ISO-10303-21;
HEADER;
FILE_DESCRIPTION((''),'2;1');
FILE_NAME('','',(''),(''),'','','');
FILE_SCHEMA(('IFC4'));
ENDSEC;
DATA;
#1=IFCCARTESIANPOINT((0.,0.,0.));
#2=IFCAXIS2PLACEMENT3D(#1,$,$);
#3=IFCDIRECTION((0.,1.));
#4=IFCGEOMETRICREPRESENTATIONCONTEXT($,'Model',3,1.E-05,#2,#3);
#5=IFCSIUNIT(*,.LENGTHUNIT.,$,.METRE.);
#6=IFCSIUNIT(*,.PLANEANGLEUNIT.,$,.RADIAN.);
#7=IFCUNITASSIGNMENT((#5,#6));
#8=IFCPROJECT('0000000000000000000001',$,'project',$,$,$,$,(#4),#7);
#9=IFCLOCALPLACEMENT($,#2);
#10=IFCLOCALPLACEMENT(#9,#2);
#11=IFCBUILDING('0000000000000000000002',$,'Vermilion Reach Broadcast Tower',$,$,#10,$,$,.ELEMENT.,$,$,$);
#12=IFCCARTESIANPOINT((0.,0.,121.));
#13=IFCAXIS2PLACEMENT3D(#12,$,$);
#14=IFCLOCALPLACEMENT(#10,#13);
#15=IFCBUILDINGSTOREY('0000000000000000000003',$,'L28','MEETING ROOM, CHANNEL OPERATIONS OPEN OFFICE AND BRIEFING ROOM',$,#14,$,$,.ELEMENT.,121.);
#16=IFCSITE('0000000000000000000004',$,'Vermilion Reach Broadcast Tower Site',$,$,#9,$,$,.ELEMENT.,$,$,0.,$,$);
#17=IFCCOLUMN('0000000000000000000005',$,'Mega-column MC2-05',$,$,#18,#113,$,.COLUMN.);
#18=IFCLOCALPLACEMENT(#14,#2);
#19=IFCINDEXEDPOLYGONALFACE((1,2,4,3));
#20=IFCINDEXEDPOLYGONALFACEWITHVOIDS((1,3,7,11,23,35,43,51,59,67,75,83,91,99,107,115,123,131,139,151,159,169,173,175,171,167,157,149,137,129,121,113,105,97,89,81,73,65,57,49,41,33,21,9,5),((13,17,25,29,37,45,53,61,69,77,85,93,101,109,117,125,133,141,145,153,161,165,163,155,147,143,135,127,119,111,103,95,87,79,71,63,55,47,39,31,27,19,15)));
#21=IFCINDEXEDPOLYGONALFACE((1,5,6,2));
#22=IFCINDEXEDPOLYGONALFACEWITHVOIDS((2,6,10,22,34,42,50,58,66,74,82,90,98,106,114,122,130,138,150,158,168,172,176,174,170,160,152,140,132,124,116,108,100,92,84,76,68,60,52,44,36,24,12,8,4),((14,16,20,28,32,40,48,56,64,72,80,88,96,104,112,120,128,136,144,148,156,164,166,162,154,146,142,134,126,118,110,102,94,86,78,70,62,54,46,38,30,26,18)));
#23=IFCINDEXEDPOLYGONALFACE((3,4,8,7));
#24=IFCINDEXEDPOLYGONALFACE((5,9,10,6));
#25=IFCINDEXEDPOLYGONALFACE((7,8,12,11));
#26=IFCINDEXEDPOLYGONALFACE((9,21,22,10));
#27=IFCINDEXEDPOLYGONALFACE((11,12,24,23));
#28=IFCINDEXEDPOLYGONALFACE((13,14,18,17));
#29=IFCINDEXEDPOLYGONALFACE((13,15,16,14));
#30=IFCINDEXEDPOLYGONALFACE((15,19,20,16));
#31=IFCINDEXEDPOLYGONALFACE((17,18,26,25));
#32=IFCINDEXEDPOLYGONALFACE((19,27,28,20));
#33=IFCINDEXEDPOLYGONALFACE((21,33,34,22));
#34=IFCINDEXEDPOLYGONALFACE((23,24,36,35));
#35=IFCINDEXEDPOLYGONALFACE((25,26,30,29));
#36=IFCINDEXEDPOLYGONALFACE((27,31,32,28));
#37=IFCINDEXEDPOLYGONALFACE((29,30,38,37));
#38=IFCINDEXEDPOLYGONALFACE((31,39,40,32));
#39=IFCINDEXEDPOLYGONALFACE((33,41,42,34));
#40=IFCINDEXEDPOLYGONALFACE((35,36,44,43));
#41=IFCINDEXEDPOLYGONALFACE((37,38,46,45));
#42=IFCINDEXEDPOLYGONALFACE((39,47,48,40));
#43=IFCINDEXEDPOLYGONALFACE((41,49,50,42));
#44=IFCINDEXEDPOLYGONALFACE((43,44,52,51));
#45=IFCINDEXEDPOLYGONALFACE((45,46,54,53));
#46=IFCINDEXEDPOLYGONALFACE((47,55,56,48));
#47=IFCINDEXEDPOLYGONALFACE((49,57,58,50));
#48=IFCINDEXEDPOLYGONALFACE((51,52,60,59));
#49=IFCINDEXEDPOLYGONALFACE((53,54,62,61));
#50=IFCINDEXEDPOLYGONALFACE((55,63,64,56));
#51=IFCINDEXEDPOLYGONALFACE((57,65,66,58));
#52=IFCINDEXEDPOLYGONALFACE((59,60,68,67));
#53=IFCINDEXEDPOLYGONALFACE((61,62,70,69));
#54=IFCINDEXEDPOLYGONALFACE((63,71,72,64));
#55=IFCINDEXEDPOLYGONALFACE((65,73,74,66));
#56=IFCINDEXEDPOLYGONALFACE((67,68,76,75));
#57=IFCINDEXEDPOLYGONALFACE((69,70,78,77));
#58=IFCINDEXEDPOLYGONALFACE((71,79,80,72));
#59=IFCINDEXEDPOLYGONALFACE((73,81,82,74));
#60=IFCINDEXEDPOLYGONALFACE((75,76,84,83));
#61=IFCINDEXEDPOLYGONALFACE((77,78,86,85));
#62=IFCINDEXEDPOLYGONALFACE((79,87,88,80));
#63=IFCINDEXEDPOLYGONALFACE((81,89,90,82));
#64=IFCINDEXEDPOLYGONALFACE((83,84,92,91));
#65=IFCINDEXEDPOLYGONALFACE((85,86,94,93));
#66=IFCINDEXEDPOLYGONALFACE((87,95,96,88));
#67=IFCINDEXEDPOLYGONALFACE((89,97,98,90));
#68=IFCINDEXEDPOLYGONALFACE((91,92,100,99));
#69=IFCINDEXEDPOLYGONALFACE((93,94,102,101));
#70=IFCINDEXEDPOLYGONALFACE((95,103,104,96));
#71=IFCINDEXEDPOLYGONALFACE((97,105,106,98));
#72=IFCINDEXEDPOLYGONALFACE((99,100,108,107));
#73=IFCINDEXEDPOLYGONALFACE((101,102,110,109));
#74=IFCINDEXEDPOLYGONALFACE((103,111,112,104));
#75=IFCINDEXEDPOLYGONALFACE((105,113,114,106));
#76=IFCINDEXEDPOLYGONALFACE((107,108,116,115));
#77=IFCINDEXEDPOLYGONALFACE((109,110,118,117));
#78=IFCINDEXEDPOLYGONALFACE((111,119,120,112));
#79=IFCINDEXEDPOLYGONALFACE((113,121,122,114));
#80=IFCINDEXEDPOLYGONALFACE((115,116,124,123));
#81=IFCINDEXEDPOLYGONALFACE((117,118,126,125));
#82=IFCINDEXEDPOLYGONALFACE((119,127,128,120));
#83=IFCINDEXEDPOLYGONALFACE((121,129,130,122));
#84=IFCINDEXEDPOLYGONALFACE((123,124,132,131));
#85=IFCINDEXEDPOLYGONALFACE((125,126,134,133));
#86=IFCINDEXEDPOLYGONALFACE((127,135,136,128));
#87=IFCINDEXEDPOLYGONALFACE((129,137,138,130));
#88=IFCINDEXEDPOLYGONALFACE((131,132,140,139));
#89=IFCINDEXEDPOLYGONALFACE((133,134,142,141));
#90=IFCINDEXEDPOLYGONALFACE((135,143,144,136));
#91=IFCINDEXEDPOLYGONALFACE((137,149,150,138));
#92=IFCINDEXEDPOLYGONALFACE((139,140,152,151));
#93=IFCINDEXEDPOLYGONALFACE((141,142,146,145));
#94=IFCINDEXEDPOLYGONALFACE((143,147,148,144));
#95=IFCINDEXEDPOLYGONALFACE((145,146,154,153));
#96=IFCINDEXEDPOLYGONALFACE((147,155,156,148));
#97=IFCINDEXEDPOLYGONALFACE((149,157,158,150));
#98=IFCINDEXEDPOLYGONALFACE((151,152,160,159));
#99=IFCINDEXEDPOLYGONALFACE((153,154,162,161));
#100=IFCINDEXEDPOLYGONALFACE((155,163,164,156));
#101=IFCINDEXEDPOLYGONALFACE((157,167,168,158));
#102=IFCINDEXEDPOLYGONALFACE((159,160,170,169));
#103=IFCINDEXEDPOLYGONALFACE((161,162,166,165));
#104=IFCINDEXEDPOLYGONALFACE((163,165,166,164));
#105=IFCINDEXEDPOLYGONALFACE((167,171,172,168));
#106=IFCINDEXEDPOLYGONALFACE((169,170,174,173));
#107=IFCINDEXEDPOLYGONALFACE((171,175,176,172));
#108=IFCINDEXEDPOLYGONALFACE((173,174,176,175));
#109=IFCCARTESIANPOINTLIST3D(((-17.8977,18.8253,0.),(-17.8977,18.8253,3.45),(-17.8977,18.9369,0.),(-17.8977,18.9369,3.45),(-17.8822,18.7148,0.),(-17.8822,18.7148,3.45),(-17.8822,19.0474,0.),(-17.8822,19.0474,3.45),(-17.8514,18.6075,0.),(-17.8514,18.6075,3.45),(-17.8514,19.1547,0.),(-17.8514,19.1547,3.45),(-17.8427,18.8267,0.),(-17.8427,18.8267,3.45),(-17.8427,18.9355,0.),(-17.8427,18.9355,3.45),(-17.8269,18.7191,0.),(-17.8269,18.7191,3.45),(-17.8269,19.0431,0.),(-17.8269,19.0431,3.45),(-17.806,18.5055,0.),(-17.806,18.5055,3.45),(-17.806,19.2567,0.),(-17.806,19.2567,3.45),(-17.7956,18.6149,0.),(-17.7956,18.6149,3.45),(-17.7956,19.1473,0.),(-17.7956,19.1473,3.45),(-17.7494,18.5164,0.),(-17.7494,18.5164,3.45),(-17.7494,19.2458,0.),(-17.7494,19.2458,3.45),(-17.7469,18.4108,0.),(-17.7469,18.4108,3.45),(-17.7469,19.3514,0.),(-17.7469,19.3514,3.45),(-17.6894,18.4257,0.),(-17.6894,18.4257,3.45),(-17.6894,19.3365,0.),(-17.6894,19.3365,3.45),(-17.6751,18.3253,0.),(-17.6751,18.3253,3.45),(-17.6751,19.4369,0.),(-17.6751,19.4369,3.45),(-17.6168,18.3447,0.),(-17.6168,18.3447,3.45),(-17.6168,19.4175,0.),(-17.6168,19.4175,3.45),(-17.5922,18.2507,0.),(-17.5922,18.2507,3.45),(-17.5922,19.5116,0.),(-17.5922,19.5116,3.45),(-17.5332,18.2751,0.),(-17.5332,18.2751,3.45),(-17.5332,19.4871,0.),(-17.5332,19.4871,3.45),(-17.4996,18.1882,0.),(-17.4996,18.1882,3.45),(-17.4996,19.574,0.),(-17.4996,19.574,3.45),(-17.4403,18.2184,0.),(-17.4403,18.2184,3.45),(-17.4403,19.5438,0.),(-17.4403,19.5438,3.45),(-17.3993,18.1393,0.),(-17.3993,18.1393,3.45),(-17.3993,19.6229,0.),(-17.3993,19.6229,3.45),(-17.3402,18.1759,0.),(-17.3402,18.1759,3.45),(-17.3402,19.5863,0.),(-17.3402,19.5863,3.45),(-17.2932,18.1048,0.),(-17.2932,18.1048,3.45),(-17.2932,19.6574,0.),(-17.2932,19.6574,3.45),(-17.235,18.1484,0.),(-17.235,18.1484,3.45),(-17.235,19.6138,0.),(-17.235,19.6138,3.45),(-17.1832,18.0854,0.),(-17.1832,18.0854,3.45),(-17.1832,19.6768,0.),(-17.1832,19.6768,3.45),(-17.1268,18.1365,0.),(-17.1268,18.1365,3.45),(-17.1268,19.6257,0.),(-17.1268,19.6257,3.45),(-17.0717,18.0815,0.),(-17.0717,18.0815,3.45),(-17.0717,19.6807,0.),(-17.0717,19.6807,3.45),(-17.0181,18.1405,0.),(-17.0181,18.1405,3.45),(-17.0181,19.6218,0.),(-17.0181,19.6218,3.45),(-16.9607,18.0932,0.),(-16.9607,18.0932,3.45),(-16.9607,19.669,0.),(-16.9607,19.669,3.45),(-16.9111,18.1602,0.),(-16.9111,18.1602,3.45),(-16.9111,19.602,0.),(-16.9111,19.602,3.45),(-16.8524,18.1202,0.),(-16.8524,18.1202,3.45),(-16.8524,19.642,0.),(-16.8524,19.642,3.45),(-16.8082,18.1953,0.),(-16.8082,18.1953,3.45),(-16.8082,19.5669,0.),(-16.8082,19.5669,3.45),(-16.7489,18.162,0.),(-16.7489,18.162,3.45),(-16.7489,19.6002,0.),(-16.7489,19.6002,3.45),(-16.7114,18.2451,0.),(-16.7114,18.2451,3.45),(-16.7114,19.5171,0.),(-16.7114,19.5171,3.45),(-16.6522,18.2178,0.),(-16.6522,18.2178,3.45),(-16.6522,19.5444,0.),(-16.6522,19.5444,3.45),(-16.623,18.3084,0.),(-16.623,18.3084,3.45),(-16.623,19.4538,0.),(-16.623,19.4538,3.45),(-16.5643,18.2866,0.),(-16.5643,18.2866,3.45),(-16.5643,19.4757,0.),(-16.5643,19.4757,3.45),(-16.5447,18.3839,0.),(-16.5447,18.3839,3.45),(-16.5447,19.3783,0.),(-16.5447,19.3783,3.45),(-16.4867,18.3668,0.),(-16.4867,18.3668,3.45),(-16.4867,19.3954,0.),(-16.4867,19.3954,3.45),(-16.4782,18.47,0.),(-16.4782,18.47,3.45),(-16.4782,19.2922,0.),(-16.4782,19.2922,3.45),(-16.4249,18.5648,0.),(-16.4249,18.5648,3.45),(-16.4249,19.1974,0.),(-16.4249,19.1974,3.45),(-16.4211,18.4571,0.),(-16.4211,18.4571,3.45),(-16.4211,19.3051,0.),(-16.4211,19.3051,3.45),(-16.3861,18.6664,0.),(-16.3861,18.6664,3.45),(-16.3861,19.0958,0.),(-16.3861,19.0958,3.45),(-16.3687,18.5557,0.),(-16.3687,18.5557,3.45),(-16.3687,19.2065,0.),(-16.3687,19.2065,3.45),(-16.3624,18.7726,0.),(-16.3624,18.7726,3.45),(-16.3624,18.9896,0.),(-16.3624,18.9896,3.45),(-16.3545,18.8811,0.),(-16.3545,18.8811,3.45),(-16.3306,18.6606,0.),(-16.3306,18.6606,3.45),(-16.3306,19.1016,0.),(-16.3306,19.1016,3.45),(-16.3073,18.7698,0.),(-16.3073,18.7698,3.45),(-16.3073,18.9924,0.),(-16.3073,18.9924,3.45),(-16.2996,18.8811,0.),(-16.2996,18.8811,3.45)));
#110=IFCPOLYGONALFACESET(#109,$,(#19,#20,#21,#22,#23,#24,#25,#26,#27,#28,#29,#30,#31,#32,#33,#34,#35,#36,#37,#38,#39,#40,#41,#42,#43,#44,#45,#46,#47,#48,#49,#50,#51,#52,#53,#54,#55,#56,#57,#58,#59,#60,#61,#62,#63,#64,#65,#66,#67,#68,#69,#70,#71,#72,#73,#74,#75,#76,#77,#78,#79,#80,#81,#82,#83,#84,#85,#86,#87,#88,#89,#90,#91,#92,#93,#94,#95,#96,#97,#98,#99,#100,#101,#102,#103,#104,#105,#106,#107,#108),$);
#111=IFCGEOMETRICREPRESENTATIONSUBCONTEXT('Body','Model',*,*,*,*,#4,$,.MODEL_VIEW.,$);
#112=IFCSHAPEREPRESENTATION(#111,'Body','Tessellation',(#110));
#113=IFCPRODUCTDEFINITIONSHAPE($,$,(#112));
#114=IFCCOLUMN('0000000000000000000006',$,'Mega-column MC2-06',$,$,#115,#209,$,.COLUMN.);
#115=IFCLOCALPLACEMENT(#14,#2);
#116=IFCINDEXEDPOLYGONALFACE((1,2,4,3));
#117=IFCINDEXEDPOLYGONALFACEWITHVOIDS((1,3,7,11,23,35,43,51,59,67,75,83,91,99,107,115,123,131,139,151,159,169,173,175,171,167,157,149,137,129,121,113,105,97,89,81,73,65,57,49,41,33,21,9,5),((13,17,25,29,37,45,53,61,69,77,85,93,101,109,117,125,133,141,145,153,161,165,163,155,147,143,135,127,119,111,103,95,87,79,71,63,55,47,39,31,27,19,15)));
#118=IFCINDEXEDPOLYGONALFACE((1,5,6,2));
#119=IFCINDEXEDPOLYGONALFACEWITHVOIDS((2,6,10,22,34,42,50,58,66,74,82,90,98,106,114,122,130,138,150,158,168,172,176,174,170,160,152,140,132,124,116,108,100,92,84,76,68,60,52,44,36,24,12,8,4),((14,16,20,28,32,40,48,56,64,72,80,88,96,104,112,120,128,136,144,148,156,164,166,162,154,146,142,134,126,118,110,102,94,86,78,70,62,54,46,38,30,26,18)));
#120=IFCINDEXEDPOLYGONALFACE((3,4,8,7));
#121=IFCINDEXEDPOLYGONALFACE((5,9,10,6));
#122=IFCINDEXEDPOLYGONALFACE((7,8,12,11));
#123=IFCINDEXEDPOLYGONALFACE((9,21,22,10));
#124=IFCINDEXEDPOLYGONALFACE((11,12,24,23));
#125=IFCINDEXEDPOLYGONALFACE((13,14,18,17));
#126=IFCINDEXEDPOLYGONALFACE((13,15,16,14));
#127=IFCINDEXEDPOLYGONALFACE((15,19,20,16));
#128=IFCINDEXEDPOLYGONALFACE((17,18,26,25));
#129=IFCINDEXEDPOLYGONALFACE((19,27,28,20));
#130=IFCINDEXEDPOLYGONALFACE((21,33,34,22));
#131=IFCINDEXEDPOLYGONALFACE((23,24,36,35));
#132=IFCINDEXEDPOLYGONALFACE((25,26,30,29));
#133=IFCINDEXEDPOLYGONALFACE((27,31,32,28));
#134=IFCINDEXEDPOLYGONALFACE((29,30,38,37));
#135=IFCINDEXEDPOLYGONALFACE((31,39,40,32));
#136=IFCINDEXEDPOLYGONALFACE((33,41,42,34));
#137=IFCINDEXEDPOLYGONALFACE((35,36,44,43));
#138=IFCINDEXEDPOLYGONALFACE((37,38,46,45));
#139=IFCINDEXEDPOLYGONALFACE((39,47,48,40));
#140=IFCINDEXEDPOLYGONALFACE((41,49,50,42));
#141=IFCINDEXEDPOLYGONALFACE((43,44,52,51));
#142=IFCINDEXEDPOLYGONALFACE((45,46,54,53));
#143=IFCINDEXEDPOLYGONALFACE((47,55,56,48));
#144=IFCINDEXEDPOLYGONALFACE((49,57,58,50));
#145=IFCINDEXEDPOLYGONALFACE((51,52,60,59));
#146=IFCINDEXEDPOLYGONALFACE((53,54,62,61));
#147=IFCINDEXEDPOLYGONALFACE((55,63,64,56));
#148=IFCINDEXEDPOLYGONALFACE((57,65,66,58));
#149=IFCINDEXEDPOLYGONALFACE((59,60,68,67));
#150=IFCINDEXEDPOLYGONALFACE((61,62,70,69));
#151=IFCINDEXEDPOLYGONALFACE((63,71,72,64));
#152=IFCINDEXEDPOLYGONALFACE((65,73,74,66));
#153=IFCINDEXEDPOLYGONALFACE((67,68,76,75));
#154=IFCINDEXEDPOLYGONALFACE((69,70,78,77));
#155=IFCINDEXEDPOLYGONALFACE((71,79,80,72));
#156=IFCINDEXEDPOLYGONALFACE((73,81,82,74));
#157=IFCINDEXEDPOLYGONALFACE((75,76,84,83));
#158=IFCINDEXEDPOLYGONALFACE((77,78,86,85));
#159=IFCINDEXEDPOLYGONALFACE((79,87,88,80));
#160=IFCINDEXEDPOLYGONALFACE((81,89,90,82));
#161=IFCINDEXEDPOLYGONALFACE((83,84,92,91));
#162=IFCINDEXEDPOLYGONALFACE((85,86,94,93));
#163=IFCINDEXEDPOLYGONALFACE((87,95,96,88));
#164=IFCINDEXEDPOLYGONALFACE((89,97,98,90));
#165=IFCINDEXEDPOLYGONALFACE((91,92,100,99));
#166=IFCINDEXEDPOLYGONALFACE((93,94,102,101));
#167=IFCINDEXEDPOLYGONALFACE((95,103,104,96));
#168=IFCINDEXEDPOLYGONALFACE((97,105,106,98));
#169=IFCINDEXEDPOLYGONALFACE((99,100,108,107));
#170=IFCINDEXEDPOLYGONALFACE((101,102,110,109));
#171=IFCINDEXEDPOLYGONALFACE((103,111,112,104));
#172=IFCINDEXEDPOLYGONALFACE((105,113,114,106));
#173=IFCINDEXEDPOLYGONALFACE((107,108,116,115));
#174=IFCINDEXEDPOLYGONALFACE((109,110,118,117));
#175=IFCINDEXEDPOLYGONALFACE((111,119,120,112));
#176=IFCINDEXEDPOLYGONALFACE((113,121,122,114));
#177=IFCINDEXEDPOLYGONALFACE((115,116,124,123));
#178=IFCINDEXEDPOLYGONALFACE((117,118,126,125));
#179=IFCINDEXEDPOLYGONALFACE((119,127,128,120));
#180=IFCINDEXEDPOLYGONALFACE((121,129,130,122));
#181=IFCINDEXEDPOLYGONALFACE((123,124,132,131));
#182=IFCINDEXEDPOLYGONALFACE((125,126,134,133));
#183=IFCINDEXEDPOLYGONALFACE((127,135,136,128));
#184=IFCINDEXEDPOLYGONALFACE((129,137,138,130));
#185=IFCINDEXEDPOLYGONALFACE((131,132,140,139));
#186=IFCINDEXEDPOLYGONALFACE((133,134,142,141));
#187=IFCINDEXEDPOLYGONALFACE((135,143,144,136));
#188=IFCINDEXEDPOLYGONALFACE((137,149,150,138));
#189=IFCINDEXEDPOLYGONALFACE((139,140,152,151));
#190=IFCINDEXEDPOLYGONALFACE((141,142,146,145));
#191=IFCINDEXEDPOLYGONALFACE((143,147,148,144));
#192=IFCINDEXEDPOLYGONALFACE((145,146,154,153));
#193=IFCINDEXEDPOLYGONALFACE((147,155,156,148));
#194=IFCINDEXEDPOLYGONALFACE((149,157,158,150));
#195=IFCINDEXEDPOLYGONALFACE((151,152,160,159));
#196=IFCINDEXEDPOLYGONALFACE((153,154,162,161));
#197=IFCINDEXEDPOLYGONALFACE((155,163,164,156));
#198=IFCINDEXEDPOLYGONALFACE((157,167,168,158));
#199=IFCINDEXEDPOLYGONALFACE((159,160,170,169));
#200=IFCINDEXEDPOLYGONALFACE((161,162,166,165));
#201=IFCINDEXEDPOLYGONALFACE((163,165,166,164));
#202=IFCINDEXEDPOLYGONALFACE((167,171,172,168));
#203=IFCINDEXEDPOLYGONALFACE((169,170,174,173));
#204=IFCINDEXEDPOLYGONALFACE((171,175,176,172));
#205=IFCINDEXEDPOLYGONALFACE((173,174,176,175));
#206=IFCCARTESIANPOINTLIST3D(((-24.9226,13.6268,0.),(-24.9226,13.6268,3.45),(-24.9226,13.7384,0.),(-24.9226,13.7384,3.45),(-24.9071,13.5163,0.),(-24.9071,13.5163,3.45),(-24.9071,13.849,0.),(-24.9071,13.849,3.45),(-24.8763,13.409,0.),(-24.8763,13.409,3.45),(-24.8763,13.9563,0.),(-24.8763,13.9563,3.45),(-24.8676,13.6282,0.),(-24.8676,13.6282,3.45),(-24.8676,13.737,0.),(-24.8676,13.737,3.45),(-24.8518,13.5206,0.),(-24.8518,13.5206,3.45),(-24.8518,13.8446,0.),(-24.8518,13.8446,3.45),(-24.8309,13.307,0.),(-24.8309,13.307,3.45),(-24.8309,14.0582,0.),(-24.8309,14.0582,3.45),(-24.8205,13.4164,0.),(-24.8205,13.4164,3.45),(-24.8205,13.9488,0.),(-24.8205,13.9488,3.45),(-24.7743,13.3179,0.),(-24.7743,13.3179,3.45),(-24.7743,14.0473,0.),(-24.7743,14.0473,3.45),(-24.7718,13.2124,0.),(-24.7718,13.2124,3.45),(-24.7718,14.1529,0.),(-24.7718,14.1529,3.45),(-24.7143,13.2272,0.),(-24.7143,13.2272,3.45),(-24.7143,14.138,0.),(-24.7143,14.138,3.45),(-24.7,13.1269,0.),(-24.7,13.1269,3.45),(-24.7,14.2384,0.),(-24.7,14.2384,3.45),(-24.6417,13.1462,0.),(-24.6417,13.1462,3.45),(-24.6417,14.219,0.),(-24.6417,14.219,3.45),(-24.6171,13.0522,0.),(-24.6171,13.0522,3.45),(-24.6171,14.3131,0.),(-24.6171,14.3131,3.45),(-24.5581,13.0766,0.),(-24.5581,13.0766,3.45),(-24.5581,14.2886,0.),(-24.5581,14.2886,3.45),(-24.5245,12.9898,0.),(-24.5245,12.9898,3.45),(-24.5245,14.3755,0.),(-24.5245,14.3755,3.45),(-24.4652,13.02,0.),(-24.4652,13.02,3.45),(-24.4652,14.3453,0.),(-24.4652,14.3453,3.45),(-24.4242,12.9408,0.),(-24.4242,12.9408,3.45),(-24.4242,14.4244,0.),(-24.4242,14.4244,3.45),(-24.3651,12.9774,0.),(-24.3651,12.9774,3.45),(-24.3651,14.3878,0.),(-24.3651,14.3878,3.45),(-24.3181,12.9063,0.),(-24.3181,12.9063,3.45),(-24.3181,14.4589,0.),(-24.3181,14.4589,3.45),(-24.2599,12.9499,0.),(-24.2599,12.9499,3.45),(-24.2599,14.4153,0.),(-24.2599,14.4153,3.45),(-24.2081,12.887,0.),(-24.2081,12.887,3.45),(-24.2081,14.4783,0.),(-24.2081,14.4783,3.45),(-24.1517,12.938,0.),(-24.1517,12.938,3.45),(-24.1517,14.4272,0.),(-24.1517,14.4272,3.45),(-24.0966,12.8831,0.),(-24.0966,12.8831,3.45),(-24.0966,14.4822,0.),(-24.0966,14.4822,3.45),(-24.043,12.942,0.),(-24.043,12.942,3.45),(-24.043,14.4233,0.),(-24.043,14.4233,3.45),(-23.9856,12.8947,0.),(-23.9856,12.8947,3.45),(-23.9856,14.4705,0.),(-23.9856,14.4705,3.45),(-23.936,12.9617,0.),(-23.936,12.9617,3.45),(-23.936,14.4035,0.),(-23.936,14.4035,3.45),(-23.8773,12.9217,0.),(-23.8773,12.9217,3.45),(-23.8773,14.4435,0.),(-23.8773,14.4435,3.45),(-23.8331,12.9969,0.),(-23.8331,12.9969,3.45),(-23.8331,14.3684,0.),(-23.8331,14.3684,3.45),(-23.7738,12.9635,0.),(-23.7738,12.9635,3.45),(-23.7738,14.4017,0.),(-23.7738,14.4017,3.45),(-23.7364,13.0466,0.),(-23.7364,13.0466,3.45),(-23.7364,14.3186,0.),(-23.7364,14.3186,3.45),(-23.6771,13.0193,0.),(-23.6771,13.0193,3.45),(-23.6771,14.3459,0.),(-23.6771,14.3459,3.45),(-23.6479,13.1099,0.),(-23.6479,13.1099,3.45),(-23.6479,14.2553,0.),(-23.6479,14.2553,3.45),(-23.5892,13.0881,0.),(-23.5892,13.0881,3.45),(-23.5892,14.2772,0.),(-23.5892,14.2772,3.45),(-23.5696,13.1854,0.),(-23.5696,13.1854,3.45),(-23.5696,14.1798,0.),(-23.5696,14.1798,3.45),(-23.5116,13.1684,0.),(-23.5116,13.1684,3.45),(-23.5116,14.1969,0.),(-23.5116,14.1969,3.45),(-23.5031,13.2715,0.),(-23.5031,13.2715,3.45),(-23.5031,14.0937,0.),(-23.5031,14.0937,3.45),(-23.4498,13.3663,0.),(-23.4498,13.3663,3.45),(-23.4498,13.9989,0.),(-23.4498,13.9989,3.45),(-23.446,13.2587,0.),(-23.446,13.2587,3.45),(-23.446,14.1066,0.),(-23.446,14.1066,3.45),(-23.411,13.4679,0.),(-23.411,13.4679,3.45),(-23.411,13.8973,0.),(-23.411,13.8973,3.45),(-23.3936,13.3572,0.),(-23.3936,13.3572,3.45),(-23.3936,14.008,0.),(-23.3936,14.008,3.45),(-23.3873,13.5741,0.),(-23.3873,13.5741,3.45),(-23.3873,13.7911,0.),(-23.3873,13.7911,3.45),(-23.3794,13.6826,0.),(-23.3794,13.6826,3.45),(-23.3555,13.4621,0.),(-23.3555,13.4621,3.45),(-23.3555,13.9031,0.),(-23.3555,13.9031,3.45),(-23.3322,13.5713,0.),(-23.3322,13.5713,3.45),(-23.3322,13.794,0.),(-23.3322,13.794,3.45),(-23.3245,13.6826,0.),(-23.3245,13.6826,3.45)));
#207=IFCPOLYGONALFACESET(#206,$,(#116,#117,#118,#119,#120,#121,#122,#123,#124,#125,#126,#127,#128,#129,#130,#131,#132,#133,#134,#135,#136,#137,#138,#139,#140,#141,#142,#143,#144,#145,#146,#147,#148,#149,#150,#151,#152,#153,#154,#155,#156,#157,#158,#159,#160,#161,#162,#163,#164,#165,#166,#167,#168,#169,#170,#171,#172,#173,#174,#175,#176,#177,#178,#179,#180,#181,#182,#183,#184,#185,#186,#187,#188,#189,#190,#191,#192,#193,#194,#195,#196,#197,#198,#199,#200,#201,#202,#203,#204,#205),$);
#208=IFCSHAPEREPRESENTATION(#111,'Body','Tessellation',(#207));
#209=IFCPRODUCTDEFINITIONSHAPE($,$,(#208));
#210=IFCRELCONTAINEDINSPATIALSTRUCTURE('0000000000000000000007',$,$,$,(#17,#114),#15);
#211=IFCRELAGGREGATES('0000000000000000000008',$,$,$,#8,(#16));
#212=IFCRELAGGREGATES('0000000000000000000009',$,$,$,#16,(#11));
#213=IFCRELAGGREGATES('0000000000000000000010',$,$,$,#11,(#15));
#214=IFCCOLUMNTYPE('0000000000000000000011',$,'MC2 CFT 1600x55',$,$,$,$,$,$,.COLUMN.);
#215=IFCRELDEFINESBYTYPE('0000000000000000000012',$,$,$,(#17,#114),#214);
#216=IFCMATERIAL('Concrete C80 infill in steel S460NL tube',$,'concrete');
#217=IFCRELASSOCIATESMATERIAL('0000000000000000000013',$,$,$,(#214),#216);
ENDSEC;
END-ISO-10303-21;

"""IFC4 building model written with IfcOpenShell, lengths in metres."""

from ifc_helpers import new_model, si_unit, direction, frame, origin, origin_2d, place, context, subcontext, project, spatial, hollow_circle, extrude, material, material_profile, profile_set, type_object, element, save


model = new_model("IFC4")

# Units and contexts
model_context = context("Model", 3, precision=1e-05, world=origin(), true_north=direction((0.0, 1.0)))
body_context = subcontext(model_context, "Body", "Model", "MODEL_VIEW")
ifc_project = project(units=[si_unit("LENGTHUNIT", "METRE"), si_unit("PLANEANGLEUNIT", "RADIAN")], contexts=[model_context])

# Site, building, storey
site_placement = place(None, origin())
site = spatial("IfcSite", under=ifc_project, at=site_placement, Name="Vermilion Reach Broadcast Tower Site", CompositionType="ELEMENT", RefElevation=0.0)
building_placement = place(site_placement, origin())
building = spatial("IfcBuilding", under=site, at=building_placement, Name="Vermilion Reach Broadcast Tower", CompositionType="ELEMENT")
storey_placement = place(building_placement, frame((0.0, 0.0, 121.0)))
storey = spatial("IfcBuildingStorey", under=building, at=storey_placement, Name="L28", Description="MEETING ROOM, CHANNEL OPERATIONS OPEN OFFICE AND BRIEFING ROOM", CompositionType="ELEMENT", Elevation=121.0)

# Columns
ifc_material_1 = material(Name="Concrete C80 infill in steel S460NL tube", Category="concrete")
ifc_material_profile_1 = material_profile(ifc_material_1, hollow_circle(Radius=0.8, WallThickness=0.0549, at=origin_2d()), Name="Concrete C80 infill in steel S460NL tube CFT 1600x55")
ifc_profile_set_1 = profile_set([ifc_material_profile_1], Name="Concrete C80 infill in steel S460NL tube")
column_type = type_object("IfcColumnType", Name="MC2 CFT 1600x55", PredefinedType="COLUMN", material=ifc_profile_set_1)
for number, where, z_axis, x_axis, name in (
    (1, (-17.0996, 18.8811, 0.0), (0.0, 0.0, 1.0), (1.0, 0.0, 0.0), "Mega-column MC2-05"),
    (2, (-24.1245, 13.6826, 0.0), (0.0, 0.0, 1.0), (1.0, 0.0, 0.0), "Mega-column MC2-06"),
):
    element("IfcColumn", number, at=place(storey_placement, frame(where, z_axis=z_axis, x_axis=x_axis)), inside=storey, type_object=column_type, Name=name, PredefinedType="COLUMN", context=body_context, shape_type="SweptSolid", body=[
        extrude(hollow_circle(Radius=0.8, WallThickness=0.0549, at=origin_2d()), origin(), (0.0, 0.0, 1.0), 3.45),
    ])

save(model, "model.ifc")
